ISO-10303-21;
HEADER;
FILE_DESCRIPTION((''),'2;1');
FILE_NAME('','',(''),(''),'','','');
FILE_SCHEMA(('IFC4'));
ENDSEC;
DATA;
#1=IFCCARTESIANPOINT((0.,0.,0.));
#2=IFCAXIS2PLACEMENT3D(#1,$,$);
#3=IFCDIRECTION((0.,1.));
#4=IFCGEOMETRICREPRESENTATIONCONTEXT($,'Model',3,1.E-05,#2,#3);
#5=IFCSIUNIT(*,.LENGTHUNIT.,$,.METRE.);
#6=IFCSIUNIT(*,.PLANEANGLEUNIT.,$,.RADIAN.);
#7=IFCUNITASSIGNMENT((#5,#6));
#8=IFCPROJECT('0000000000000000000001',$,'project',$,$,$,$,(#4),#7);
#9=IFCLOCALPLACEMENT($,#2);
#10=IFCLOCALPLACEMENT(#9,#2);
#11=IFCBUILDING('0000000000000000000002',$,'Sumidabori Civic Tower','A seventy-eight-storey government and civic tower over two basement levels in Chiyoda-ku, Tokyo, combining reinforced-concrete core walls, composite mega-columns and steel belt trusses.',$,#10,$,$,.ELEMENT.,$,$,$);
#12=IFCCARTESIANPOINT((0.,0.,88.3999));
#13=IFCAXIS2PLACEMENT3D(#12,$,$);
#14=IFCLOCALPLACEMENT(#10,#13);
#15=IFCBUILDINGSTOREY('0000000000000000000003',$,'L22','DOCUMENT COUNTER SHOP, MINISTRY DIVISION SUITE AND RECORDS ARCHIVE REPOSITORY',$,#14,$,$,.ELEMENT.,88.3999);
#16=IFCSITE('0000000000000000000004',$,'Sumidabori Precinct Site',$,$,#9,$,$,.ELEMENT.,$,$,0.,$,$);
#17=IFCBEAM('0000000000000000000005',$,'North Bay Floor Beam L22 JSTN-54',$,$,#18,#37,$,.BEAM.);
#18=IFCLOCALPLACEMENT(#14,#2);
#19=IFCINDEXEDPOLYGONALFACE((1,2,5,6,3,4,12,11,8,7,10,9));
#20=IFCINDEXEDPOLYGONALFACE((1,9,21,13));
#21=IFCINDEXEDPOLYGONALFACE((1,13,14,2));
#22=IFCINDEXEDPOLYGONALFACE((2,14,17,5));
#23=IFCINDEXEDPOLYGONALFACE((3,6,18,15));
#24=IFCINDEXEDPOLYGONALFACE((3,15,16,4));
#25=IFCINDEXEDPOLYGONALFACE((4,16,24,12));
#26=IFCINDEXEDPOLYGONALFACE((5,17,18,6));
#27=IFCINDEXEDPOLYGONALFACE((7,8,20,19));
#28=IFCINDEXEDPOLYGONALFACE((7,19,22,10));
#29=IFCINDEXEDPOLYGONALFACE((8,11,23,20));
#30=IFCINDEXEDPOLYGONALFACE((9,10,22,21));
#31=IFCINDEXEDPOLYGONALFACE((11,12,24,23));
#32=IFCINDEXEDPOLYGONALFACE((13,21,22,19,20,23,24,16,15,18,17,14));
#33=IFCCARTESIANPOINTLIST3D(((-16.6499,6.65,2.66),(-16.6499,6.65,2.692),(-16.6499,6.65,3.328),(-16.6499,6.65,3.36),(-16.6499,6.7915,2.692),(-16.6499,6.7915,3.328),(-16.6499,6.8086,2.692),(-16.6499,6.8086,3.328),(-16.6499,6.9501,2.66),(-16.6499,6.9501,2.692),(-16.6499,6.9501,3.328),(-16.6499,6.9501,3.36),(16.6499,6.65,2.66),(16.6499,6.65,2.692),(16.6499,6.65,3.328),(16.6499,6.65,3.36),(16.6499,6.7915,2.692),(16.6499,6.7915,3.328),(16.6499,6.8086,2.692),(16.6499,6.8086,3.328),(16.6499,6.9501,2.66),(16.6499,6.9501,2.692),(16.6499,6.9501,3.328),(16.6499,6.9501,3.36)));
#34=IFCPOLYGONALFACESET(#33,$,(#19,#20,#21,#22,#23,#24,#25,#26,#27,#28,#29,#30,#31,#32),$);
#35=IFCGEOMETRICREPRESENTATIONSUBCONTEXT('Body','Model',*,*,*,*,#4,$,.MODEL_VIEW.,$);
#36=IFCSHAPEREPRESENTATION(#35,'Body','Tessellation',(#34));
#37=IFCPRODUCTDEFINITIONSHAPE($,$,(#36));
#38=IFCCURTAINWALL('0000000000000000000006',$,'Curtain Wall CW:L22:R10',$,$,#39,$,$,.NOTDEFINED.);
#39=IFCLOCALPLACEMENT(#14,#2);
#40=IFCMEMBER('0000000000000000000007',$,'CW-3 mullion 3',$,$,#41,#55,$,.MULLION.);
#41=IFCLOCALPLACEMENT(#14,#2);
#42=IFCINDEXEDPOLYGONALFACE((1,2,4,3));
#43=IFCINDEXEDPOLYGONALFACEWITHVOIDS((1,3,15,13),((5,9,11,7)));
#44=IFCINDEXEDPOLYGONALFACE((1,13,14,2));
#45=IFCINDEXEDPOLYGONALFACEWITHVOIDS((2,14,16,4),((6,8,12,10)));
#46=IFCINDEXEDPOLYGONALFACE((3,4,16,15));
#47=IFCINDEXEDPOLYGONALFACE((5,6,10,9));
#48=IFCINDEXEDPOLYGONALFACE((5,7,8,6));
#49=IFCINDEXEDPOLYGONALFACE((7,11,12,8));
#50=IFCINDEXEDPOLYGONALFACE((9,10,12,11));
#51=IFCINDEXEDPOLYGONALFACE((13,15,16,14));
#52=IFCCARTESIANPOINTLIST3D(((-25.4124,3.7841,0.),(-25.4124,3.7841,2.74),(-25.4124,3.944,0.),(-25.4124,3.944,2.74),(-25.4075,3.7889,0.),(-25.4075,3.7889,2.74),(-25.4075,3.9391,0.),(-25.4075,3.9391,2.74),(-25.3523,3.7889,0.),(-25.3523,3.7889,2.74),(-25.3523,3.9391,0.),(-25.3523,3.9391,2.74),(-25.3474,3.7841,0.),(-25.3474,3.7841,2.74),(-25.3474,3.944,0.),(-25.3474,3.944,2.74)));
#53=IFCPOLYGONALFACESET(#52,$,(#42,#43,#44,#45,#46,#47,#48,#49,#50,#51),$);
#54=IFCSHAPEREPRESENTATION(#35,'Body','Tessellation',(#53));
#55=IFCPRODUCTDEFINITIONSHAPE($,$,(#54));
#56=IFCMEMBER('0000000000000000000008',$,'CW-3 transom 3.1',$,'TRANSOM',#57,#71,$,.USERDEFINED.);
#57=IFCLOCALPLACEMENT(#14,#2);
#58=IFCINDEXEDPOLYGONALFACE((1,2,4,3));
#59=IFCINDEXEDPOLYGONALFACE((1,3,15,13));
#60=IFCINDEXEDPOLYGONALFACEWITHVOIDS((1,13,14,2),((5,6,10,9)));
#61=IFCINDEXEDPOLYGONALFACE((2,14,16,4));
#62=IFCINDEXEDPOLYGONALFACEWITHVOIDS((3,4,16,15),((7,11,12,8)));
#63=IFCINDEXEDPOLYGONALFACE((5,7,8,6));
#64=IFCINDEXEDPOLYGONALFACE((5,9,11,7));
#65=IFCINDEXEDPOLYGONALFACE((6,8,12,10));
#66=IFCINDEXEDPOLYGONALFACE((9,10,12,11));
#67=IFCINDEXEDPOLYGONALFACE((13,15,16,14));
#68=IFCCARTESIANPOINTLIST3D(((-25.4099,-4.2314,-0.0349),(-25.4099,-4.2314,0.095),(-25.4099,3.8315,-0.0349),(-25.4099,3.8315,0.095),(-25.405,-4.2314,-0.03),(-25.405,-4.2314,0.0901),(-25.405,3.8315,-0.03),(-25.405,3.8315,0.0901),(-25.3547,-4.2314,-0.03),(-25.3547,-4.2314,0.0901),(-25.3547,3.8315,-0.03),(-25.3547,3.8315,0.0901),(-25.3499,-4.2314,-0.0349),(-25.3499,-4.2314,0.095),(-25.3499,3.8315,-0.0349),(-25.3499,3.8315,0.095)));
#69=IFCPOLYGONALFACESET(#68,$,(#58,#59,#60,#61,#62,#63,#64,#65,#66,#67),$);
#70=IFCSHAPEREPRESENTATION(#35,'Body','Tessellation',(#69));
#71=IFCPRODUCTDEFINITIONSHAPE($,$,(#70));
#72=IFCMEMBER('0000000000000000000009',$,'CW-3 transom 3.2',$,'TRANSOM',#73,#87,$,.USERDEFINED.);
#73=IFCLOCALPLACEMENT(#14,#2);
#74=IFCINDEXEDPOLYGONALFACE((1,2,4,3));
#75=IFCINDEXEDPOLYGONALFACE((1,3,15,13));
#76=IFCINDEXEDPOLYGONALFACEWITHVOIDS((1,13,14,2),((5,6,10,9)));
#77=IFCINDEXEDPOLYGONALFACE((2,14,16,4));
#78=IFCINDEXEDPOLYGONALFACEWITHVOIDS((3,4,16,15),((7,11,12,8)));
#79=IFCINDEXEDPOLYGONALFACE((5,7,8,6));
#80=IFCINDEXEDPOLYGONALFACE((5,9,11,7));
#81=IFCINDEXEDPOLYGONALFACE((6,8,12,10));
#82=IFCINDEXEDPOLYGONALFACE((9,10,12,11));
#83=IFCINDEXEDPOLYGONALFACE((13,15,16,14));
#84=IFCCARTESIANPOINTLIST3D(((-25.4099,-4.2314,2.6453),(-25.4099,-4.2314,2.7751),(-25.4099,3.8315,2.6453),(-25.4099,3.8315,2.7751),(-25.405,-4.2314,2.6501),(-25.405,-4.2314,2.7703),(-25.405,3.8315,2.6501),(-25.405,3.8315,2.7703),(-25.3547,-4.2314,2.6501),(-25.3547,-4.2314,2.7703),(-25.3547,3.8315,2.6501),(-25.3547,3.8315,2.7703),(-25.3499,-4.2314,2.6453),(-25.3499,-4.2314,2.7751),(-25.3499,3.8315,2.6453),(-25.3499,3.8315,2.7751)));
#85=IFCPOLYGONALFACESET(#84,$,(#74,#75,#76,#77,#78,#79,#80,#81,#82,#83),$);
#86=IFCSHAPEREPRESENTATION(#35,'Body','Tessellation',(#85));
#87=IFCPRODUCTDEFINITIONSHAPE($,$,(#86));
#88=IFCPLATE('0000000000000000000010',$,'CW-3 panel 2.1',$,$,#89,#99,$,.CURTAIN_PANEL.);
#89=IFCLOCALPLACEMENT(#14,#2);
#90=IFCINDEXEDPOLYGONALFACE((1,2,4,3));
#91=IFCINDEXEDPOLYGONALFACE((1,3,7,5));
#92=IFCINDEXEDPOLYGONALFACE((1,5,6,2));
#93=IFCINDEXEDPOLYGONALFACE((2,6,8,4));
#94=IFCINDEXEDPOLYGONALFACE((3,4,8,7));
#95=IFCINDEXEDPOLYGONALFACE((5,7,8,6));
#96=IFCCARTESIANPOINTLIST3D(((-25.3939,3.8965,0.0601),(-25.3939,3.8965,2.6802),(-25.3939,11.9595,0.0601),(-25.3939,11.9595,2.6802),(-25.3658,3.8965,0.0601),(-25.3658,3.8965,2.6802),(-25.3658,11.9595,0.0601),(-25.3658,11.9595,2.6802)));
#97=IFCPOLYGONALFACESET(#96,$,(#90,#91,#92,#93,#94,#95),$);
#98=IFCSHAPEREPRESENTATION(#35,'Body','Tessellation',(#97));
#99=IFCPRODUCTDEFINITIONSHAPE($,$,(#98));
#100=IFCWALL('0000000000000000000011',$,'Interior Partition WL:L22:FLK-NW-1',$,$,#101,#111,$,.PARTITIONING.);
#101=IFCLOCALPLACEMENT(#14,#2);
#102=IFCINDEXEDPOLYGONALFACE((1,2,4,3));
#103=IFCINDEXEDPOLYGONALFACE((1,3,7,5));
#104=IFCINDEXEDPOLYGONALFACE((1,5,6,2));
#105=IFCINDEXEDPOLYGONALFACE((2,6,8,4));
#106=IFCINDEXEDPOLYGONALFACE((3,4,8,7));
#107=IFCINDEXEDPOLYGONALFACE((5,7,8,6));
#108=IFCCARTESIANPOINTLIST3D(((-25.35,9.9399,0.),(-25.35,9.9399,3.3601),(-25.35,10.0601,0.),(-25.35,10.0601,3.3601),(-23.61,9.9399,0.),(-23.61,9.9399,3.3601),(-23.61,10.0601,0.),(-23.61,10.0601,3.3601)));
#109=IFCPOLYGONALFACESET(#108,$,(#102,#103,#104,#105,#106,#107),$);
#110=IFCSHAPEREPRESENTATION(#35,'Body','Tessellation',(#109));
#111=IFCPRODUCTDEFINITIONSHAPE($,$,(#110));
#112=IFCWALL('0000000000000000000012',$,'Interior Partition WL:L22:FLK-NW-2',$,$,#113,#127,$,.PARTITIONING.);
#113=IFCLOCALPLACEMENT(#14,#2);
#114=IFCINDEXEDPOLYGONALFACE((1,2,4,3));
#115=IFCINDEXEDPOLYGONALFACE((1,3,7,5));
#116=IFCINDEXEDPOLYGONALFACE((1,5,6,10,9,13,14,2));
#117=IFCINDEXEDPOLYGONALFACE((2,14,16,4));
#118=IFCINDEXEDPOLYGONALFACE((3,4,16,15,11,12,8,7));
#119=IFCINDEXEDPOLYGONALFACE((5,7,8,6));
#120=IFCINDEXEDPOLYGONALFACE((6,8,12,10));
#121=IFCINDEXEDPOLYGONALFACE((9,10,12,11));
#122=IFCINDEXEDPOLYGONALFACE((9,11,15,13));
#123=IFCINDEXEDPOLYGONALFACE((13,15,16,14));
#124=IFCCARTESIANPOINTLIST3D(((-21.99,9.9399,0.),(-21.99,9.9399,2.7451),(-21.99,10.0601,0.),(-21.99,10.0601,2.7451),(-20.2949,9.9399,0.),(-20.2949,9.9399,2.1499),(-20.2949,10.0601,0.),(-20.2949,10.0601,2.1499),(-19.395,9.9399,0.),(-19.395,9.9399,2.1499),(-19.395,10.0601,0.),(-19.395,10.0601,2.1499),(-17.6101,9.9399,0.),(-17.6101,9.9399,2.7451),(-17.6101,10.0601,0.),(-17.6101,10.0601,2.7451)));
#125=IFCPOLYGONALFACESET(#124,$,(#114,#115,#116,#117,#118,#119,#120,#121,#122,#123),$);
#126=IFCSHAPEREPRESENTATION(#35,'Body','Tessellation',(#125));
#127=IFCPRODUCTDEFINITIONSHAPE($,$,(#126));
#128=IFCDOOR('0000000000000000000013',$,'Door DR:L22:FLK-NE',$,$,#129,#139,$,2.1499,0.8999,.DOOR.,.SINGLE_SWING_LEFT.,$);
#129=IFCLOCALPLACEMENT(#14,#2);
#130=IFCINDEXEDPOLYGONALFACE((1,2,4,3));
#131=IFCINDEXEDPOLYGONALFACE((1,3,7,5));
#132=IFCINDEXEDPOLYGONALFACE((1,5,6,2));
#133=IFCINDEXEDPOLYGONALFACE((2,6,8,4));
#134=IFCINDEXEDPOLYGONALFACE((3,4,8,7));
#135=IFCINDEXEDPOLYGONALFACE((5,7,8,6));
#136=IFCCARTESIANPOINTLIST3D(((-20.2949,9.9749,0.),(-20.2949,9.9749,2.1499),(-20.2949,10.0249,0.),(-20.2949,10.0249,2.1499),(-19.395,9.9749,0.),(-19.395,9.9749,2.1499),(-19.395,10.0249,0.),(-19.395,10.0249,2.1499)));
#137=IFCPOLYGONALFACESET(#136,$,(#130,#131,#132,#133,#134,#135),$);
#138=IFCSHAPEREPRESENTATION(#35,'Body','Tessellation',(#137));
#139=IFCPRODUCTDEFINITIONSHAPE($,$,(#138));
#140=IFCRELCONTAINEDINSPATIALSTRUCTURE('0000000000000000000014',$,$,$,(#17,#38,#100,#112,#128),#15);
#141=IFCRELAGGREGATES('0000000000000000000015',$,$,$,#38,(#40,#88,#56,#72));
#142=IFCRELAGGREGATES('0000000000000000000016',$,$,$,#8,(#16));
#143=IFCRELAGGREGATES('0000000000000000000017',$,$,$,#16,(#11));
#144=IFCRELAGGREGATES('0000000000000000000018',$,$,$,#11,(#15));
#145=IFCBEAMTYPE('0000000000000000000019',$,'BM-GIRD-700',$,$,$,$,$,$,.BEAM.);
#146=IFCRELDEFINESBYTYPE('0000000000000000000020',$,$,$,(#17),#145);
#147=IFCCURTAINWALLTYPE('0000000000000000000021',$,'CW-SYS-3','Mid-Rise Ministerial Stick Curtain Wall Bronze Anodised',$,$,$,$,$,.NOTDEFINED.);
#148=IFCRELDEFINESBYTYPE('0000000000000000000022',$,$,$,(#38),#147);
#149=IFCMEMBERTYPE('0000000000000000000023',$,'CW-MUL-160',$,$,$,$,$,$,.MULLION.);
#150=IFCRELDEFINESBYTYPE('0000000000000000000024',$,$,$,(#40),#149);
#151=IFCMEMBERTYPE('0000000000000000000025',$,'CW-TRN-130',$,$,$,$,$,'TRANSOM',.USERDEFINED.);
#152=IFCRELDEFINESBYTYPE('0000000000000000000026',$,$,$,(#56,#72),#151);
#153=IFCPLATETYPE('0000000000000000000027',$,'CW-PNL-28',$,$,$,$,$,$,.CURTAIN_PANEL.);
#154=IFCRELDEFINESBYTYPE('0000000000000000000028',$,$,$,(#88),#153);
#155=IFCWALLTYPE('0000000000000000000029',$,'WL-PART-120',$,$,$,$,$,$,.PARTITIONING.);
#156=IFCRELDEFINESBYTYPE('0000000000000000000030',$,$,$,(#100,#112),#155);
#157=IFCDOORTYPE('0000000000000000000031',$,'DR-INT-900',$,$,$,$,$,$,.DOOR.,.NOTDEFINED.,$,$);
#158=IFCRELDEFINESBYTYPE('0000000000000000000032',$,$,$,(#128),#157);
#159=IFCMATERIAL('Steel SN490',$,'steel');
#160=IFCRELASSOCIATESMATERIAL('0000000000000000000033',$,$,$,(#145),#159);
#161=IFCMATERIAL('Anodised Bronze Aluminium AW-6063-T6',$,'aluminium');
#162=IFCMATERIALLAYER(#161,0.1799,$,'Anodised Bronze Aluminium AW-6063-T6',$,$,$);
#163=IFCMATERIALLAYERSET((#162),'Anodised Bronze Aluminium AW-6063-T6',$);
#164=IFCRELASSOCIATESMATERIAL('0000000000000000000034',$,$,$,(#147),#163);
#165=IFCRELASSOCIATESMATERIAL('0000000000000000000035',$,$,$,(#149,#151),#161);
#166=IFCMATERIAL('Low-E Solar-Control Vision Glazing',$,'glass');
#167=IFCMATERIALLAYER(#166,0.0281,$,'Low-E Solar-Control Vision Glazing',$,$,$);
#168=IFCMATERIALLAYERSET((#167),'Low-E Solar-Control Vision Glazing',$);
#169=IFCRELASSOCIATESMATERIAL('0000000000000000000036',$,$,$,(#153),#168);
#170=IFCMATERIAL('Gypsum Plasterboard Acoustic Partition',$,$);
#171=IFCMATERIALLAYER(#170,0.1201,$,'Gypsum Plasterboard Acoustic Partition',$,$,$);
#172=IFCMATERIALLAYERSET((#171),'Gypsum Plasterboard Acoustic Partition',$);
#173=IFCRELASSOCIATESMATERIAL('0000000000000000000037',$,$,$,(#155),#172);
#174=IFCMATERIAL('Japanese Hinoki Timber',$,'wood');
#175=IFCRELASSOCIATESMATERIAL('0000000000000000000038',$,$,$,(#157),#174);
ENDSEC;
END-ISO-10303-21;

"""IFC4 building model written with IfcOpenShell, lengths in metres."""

from ifc_helpers import new_model, si_unit, direction, frame, frame_2d, origin, origin_2d, place, context, subcontext, project, spatial, rectangle, hollow_rectangle, i_section, extrude, source, transform, mapped, material, layer, layer_set, material_profile, profile_set, type_object, element, fill, aggregate, save


model = new_model("IFC4")

# Units and contexts
model_context = context("Model", 3, precision=1e-05, world=origin(), true_north=direction((0.0, 1.0)))
body_context = subcontext(model_context, "Body", "Model", "MODEL_VIEW")
ifc_project = project(units=[si_unit("LENGTHUNIT", "METRE"), si_unit("PLANEANGLEUNIT", "RADIAN")], contexts=[model_context])

# Site, building, storey
site_placement = place(None, origin())
site = spatial("IfcSite", under=ifc_project, at=site_placement, Name="Sumidabori Precinct Site", CompositionType="ELEMENT", RefElevation=0.0)
building_placement = place(site_placement, origin())
building = spatial("IfcBuilding", under=site, at=building_placement, Name="Sumidabori Civic Tower", Description="A seventy-eight-storey government and civic tower over two basement levels in Chiyoda-ku, Tokyo, combining reinforced-concrete core walls, composite mega-columns and steel belt trusses.", CompositionType="ELEMENT")
storey_placement = place(building_placement, frame((0.0, 0.0, 88.3999)))
storey = spatial("IfcBuildingStorey", under=building, at=storey_placement, Name="L22", Description="DOCUMENT COUNTER SHOP, MINISTRY DIVISION SUITE AND RECORDS ARCHIVE REPOSITORY", CompositionType="ELEMENT", Elevation=88.3999)

# Beam
ifc_material_1 = material(Name="Steel SN490", Category="steel")
ifc_material_profile_1 = material_profile(ifc_material_1, i_section(OverallWidth=0.3, OverallDepth=0.7, WebThickness=0.0171, FlangeThickness=0.032, at=origin_2d()), Name="HE 700 B")
ifc_profile_set_1 = profile_set([ifc_material_profile_1], Name="Steel SN490")
beam_type_1 = type_object("IfcBeamType", Name="BM-GIRD-700", PredefinedType="BEAM", material=ifc_profile_set_1)
shared_shape_1 = source(origin(), body_context, "Body", "SweptSolid", [
    extrude(i_section(OverallWidth=0.3, OverallDepth=0.7, WebThickness=0.0171, FlangeThickness=0.032, at=origin_2d()), origin(), (0.0, 0.0, 1.0), 33.2998),
])
for number, where, z_axis, x_axis, name in (
    (1, (-16.6499, 6.8, 3.01), (1.0, 0.0, 0.0), (0.0, 1.0, 0.0), "North Bay Floor Beam L22 JSTN-54"),
):
    element("IfcBeam", number, at=place(storey_placement, frame(where, z_axis=z_axis, x_axis=x_axis)), inside=storey, type_object=beam_type_1, Name=name, PredefinedType="BEAM", context=body_context, shape_type="MappedRepresentation", body=[
        mapped(shared_shape_1, transform((0.0, 0.0, 0.0), x_axis=(1.0, 0.0, 0.0), y_axis=(0.0, 1.0, 0.0), z_axis=(0.0, 0.0, 1.0), scale=1.0)),
    ])

# Curtain wall, members, plate
ifc_material_2 = material(Name="Anodised Bronze Aluminium AW-6063-T6", Category="aluminium")
ifc_layer_1 = layer(ifc_material_2, 0.1799, Name="Anodised Bronze Aluminium AW-6063-T6")
ifc_layer_set_1 = layer_set([ifc_layer_1], Name="Anodised Bronze Aluminium AW-6063-T6")
curtain_wall_type = type_object("IfcCurtainWallType", Name="CW-SYS-3", Description="Mid-Rise Ministerial Stick Curtain Wall Bronze Anodised", PredefinedType="NOTDEFINED", material=ifc_layer_set_1)
curtain_wall_placement = place(storey_placement, origin())
curtain_wall = element("IfcCurtainWall", 2, at=curtain_wall_placement, inside=storey, type_object=curtain_wall_type, Name="Curtain Wall CW:L22:R10", PredefinedType="NOTDEFINED")
ifc_material_profile_2 = material_profile(ifc_material_2, hollow_rectangle(XDim=0.0649, YDim=0.1599, WallThickness=0.0049, at=origin_2d()), Name="ALU MULLION 160x65")
ifc_profile_set_2 = profile_set([ifc_material_profile_2], Name="Anodised Bronze Aluminium AW-6063-T6")
member_type_1 = type_object("IfcMemberType", Name="CW-MUL-160", PredefinedType="MULLION", material=ifc_profile_set_2)
shared_shape_2 = source(origin(), body_context, "Body", "SweptSolid", [
    extrude(hollow_rectangle(XDim=0.0649, YDim=0.1599, WallThickness=0.0049, at=origin_2d()), origin(), (0.0, 0.0, 1.0), 2.74),
])
member_1_placement = place(storey_placement, frame((-25.3799, 3.864, 0.0), z_axis=(0.0, 0.0, 1.0), x_axis=(1.0, 0.0, 0.0)))
member_1 = element("IfcMember", 3, at=member_1_placement, type_object=member_type_1, Name="CW-3 mullion 3", PredefinedType="MULLION", context=body_context, shape_type="MappedRepresentation", body=[
    mapped(shared_shape_2, transform((0.0, 0.0, 0.0), x_axis=(1.0, 0.0, 0.0), y_axis=(0.0, 1.0, 0.0), z_axis=(0.0, 0.0, 1.0), scale=1.0)),
])
ifc_material_profile_3 = material_profile(ifc_material_2, hollow_rectangle(XDim=0.0601, YDim=0.1299, WallThickness=0.0049, at=origin_2d()), Name="ALU TRANSOM 130x60")
ifc_profile_set_3 = profile_set([ifc_material_profile_3], Name="Anodised Bronze Aluminium AW-6063-T6")
member_type_2 = type_object("IfcMemberType", Name="CW-TRN-130", ElementType="TRANSOM", PredefinedType="USERDEFINED", material=ifc_profile_set_3)
shared_shape_3 = source(origin(), body_context, "Body", "SweptSolid", [
    extrude(hollow_rectangle(XDim=0.0601, YDim=0.1299, WallThickness=0.0049, at=origin_2d()), origin(), (0.0, 0.0, 1.0), 8.063),
])
member_2_placement = place(storey_placement, frame((-25.3799, 3.8315, 0.03), z_axis=(0.0, -1.0, 0.0), x_axis=(1.0, 0.0, 0.0)))
member_2 = element("IfcMember", 4, at=member_2_placement, type_object=member_type_2, Name="CW-3 transom 3.1", ObjectType="TRANSOM", PredefinedType="USERDEFINED", context=body_context, shape_type="MappedRepresentation", body=[
    mapped(shared_shape_3, transform((0.0, 0.0, 0.0), x_axis=(1.0, 0.0, 0.0), y_axis=(0.0, 1.0, 0.0), z_axis=(0.0, 0.0, 1.0), scale=1.0)),
])
member_3_placement = place(storey_placement, frame((-25.3799, 3.8315, 2.7102), z_axis=(0.0, -1.0, 0.0), x_axis=(1.0, 0.0, 0.0)))
member_3 = element("IfcMember", 5, at=member_3_placement, type_object=member_type_2, Name="CW-3 transom 3.2", ObjectType="TRANSOM", PredefinedType="USERDEFINED", context=body_context, shape_type="MappedRepresentation", body=[
    mapped(shared_shape_3, transform((0.0, 0.0, 0.0), x_axis=(1.0, 0.0, 0.0), y_axis=(0.0, 1.0, 0.0), z_axis=(0.0, 0.0, 1.0), scale=1.0)),
])
ifc_material_3 = material(Name="Low-E Solar-Control Vision Glazing", Category="glass")
ifc_layer_2 = layer(ifc_material_3, 0.0281, Name="Low-E Solar-Control Vision Glazing")
ifc_layer_set_2 = layer_set([ifc_layer_2], Name="Low-E Solar-Control Vision Glazing")
plate_type = type_object("IfcPlateType", Name="CW-PNL-28", PredefinedType="CURTAIN_PANEL", material=ifc_layer_set_2)
shared_shape_4 = source(origin(), body_context, "Body", "SweptSolid", [
    extrude(rectangle(XDim=8.063, YDim=0.0281, at=origin_2d()), origin(), (0.0, 0.0, 1.0), 2.6201),
])
plate_placement = place(storey_placement, frame((-25.3799, 7.928, 0.0601), z_axis=(0.0, 0.0, 1.0), x_axis=(0.0, -1.0, 0.0)))
plate = element("IfcPlate", 6, at=plate_placement, type_object=plate_type, Name="CW-3 panel 2.1", PredefinedType="CURTAIN_PANEL", context=body_context, shape_type="MappedRepresentation", body=[
    mapped(shared_shape_4, transform((0.0, 0.0, 0.0), x_axis=(1.0, 0.0, 0.0), y_axis=(0.0, 1.0, 0.0), z_axis=(0.0, 0.0, 1.0), scale=1.0)),
])
aggregate(curtain_wall, [member_1, plate, member_2, member_3])

# Wall
ifc_material_4 = material(Name="Gypsum Plasterboard Acoustic Partition")
ifc_layer_3 = layer(ifc_material_4, 0.1201, Name="Gypsum Plasterboard Acoustic Partition")
ifc_layer_set_3 = layer_set([ifc_layer_3], Name="Gypsum Plasterboard Acoustic Partition")
wall_type = type_object("IfcWallType", Name="WL-PART-120", PredefinedType="PARTITIONING", material=ifc_layer_set_3)
shared_shape_5 = source(origin(), body_context, "Body", "SweptSolid", [
    extrude(rectangle(XDim=1.74, YDim=0.1201, at=frame_2d((0.8701, 0.0))), origin(), (0.0, 0.0, 1.0), 3.3601),
])
wall_1_placement = place(storey_placement, frame((-25.3501, 10.0, 0.0), z_axis=(0.0, 0.0, 1.0), x_axis=(1.0, 0.0, 0.0)))
element("IfcWall", 7, at=wall_1_placement, inside=storey, type_object=wall_type, Name="Interior Partition WL:L22:FLK-NW-1", PredefinedType="PARTITIONING", context=body_context, shape_type="MappedRepresentation", body=[
    mapped(shared_shape_5, transform((0.0, 0.0, 0.0), x_axis=(1.0, 0.0, 0.0), y_axis=(0.0, 1.0, 0.0), z_axis=(0.0, 0.0, 1.0), scale=1.0)),
])

# Wall, opening, door
shared_shape_6 = source(origin(), body_context, "Body", "SweptSolid", [
    extrude(rectangle(XDim=4.3799, YDim=0.1201, at=frame_2d((2.1899, 0.0))), origin(), (0.0, 0.0, 1.0), 2.7451),
])
wall_2_placement = place(storey_placement, frame((-21.99, 10.0, 0.0), z_axis=(0.0, 0.0, 1.0), x_axis=(1.0, 0.0, 0.0)))
wall_2 = element("IfcWall", 8, at=wall_2_placement, inside=storey, type_object=wall_type, Name="Interior Partition WL:L22:FLK-NW-2", PredefinedType="PARTITIONING", context=body_context, shape_type="MappedRepresentation", body=[
    mapped(shared_shape_6, transform((0.0, 0.0, 0.0), x_axis=(1.0, 0.0, 0.0), y_axis=(0.0, 1.0, 0.0), z_axis=(0.0, 0.0, 1.0), scale=1.0)),
])
opening_1_placement = place(wall_2_placement, frame((1.6951, 0.0, 0.0)))
opening_1 = element("IfcOpeningElement", 9, at=opening_1_placement, cuts=wall_2, PredefinedType="OPENING", context=body_context, shape_type="SweptSolid", body=[
    extrude(rectangle(XDim=0.8999, YDim=2.1499, at=frame_2d((0.45, 1.075))), frame((0.0, 0.072, 0.0), z_axis=(0.0, -1.0, 0.0), x_axis=(1.0, 0.0, 0.0)), (0.0, 0.0, 1.0), 0.144),
])
ifc_material_5 = material(Name="Japanese Hinoki Timber", Category="wood")
door_type_1 = type_object("IfcDoorType", Name="DR-INT-900", OperationType="NOTDEFINED", PredefinedType="DOOR", material=ifc_material_5)
shared_shape_7 = source(origin(), body_context, "Body", "SweptSolid", [
    extrude(rectangle(XDim=0.8999, YDim=2.1499, at=frame_2d((0.45, 1.075))), frame((0.0, 0.0249, 0.0), z_axis=(0.0, -1.0, 0.0), x_axis=(1.0, 0.0, 0.0)), (0.0, 0.0, 1.0), 0.05),
])
door_1_placement = place(opening_1_placement, origin())
door_1 = element("IfcDoor", 10, at=door_1_placement, inside=storey, type_object=door_type_1, Name="Door DR:L22:FLK-NE", OperationType="SINGLE_SWING_LEFT", OverallHeight=2.1499, OverallWidth=0.8999, PredefinedType="DOOR", context=body_context, shape_type="MappedRepresentation", body=[
    mapped(shared_shape_7, transform((0.0, 0.0, 0.0), x_axis=(1.0, 0.0, 0.0), y_axis=(0.0, 1.0, 0.0), z_axis=(0.0, 0.0, 1.0), scale=1.0)),
])
fill(opening_1, door_1)

save(model, "model.ifc")
